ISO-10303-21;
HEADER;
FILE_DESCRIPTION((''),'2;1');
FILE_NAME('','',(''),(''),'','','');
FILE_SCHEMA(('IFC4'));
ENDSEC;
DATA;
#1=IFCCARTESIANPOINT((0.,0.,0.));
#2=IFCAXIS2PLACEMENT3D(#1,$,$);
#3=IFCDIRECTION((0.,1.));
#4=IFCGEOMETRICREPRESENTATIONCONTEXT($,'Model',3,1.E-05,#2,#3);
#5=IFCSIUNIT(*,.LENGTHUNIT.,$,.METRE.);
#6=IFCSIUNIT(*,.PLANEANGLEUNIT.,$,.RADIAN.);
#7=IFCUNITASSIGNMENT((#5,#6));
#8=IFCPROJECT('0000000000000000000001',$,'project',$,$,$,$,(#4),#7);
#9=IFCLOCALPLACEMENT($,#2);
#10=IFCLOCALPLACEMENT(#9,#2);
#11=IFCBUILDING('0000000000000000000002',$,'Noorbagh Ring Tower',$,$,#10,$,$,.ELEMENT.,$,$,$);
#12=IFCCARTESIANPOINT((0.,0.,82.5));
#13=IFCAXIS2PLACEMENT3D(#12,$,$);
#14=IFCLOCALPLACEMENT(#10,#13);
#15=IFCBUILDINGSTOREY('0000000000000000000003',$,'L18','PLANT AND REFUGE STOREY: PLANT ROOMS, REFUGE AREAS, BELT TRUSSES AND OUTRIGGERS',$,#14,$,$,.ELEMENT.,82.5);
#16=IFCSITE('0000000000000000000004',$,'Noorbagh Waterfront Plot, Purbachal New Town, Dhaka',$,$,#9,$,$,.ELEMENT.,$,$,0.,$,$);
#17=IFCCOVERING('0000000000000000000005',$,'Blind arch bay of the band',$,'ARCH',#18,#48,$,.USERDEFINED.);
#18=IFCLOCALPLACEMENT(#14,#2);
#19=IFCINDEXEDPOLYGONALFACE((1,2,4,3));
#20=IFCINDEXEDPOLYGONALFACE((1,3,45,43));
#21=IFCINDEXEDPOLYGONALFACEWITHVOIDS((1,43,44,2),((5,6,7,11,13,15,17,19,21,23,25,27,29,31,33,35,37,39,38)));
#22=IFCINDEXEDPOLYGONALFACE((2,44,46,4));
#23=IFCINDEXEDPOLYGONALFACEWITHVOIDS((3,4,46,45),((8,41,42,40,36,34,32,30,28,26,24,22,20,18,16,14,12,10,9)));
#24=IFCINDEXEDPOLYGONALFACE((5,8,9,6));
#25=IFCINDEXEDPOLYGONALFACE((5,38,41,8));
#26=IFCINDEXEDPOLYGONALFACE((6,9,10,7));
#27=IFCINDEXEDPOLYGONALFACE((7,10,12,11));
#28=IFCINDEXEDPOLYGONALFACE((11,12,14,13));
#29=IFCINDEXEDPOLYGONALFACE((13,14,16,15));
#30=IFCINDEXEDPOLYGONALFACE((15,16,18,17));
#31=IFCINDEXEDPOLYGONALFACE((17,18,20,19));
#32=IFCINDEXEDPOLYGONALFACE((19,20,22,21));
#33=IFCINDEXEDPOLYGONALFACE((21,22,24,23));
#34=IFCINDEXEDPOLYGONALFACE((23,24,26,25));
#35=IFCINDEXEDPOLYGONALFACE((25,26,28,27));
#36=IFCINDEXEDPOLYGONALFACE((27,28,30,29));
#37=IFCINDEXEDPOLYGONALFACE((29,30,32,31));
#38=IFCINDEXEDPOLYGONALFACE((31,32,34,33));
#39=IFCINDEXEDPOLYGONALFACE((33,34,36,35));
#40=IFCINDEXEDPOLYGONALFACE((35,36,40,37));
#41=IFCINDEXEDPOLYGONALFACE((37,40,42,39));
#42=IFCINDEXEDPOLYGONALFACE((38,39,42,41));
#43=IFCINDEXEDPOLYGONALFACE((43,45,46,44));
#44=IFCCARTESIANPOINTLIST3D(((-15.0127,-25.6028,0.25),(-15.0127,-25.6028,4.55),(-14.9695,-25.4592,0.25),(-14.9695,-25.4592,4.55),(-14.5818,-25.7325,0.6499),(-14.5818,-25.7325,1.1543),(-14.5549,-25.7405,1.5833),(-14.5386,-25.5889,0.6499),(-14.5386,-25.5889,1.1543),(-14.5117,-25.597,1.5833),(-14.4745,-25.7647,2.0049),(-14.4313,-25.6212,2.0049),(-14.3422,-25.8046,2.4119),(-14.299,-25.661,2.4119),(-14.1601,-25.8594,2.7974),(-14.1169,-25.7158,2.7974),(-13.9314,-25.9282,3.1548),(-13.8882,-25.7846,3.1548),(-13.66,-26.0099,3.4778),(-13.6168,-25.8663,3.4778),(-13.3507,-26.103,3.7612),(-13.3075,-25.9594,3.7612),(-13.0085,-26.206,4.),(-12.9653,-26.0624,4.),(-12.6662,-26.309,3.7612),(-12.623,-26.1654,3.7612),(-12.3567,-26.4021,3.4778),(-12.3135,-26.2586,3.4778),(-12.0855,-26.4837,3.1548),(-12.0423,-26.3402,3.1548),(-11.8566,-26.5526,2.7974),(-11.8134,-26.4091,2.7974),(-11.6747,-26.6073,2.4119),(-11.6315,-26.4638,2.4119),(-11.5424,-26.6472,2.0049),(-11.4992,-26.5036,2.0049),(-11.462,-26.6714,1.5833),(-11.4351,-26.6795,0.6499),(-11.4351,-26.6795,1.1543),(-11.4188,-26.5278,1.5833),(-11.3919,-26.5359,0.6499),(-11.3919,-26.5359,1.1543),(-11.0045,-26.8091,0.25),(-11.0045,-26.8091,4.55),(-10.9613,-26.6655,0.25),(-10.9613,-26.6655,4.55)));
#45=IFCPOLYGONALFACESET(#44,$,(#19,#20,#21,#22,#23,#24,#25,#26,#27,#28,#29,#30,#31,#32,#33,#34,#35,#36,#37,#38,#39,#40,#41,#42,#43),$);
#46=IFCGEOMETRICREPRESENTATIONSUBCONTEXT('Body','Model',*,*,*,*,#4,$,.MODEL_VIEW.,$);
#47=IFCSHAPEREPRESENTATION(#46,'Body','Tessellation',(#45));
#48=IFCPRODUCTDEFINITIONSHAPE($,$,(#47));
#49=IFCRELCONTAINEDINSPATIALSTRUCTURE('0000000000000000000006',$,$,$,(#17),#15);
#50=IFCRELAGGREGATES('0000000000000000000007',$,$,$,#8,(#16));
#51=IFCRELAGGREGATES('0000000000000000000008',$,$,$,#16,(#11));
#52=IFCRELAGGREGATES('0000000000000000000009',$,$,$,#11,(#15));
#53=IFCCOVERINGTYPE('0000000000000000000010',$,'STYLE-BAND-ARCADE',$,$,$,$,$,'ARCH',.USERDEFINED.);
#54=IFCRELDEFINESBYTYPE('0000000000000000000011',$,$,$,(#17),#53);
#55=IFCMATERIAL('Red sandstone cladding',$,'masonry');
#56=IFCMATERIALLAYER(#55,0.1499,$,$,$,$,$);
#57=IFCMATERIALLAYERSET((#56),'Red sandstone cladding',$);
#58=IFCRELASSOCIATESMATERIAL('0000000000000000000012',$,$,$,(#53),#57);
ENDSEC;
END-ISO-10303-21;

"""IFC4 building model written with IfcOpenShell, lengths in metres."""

from ifc_helpers import new_model, si_unit, direction, frame, origin, place, context, subcontext, project, spatial, polyline, outline, extrude, material, layer, layer_set, type_object, element, save


model = new_model("IFC4")

# Units and contexts
model_context = context("Model", 3, precision=1e-05, world=origin(), true_north=direction((0.0, 1.0)))
body_context = subcontext(model_context, "Body", "Model", "MODEL_VIEW")
ifc_project = project(units=[si_unit("LENGTHUNIT", "METRE"), si_unit("PLANEANGLEUNIT", "RADIAN")], contexts=[model_context])

# Site, building, storey
site_placement = place(None, origin())
site = spatial("IfcSite", under=ifc_project, at=site_placement, Name="Noorbagh Waterfront Plot, Purbachal New Town, Dhaka", CompositionType="ELEMENT", RefElevation=0.0)
building_placement = place(site_placement, origin())
building = spatial("IfcBuilding", under=site, at=building_placement, Name="Noorbagh Ring Tower", CompositionType="ELEMENT")
storey_placement = place(building_placement, frame((0.0, 0.0, 82.5)))
storey = spatial("IfcBuildingStorey", under=building, at=storey_placement, Name="L18", Description="PLANT AND REFUGE STOREY: PLANT ROOMS, REFUGE AREAS, BELT TRUSSES AND OUTRIGGERS", CompositionType="ELEMENT", Elevation=82.5)

# Covering
ifc_material_1 = material(Name="Red sandstone cladding", Category="masonry")
ifc_layer_1 = layer(ifc_material_1, 0.1499)
ifc_layer_set_1 = layer_set([ifc_layer_1], Name="Red sandstone cladding")
covering_type_1 = type_object("IfcCoveringType", Name="STYLE-BAND-ARCADE", ElementType="ARCH", PredefinedType="USERDEFINED", material=ifc_layer_set_1)
covering_1_placement = place(storey_placement, frame((-15.0127, -25.6028, 0.25), z_axis=(-0.288183, -0.957575, 0.0), x_axis=(0.957575, -0.288183, 0.0)))
element("IfcCovering", 1, at=covering_1_placement, inside=storey, type_object=covering_type_1, Name="Blind arch bay of the band", ObjectType="ARCH", PredefinedType="USERDEFINED", context=body_context, shape_type="SweptSolid", body=[
    extrude(outline(polyline([(0.0, 0.0), (4.1858, 0.0), (4.1858, 4.3), (0.0, 4.3), (0.0, 0.0)]), holes=[polyline([(0.45, 0.3999), (0.45, 0.9043), (0.478, 1.3333), (0.562, 1.7549), (0.7002, 2.1619), (0.8904, 2.5474), (1.1292, 2.9048), (1.4126, 3.2278), (1.7356, 3.5112), (2.093, 3.75), (2.4504, 3.5112), (2.7737, 3.2278), (3.0569, 2.9048), (3.2959, 2.5474), (3.4858, 2.1619), (3.624, 1.7549), (3.708, 1.3333), (3.7361, 0.9043), (3.7361, 0.3999), (0.45, 0.3999)])]), origin(), (0.0, 0.0, -1.0), 0.1499),
])

save(model, "model.ifc")
